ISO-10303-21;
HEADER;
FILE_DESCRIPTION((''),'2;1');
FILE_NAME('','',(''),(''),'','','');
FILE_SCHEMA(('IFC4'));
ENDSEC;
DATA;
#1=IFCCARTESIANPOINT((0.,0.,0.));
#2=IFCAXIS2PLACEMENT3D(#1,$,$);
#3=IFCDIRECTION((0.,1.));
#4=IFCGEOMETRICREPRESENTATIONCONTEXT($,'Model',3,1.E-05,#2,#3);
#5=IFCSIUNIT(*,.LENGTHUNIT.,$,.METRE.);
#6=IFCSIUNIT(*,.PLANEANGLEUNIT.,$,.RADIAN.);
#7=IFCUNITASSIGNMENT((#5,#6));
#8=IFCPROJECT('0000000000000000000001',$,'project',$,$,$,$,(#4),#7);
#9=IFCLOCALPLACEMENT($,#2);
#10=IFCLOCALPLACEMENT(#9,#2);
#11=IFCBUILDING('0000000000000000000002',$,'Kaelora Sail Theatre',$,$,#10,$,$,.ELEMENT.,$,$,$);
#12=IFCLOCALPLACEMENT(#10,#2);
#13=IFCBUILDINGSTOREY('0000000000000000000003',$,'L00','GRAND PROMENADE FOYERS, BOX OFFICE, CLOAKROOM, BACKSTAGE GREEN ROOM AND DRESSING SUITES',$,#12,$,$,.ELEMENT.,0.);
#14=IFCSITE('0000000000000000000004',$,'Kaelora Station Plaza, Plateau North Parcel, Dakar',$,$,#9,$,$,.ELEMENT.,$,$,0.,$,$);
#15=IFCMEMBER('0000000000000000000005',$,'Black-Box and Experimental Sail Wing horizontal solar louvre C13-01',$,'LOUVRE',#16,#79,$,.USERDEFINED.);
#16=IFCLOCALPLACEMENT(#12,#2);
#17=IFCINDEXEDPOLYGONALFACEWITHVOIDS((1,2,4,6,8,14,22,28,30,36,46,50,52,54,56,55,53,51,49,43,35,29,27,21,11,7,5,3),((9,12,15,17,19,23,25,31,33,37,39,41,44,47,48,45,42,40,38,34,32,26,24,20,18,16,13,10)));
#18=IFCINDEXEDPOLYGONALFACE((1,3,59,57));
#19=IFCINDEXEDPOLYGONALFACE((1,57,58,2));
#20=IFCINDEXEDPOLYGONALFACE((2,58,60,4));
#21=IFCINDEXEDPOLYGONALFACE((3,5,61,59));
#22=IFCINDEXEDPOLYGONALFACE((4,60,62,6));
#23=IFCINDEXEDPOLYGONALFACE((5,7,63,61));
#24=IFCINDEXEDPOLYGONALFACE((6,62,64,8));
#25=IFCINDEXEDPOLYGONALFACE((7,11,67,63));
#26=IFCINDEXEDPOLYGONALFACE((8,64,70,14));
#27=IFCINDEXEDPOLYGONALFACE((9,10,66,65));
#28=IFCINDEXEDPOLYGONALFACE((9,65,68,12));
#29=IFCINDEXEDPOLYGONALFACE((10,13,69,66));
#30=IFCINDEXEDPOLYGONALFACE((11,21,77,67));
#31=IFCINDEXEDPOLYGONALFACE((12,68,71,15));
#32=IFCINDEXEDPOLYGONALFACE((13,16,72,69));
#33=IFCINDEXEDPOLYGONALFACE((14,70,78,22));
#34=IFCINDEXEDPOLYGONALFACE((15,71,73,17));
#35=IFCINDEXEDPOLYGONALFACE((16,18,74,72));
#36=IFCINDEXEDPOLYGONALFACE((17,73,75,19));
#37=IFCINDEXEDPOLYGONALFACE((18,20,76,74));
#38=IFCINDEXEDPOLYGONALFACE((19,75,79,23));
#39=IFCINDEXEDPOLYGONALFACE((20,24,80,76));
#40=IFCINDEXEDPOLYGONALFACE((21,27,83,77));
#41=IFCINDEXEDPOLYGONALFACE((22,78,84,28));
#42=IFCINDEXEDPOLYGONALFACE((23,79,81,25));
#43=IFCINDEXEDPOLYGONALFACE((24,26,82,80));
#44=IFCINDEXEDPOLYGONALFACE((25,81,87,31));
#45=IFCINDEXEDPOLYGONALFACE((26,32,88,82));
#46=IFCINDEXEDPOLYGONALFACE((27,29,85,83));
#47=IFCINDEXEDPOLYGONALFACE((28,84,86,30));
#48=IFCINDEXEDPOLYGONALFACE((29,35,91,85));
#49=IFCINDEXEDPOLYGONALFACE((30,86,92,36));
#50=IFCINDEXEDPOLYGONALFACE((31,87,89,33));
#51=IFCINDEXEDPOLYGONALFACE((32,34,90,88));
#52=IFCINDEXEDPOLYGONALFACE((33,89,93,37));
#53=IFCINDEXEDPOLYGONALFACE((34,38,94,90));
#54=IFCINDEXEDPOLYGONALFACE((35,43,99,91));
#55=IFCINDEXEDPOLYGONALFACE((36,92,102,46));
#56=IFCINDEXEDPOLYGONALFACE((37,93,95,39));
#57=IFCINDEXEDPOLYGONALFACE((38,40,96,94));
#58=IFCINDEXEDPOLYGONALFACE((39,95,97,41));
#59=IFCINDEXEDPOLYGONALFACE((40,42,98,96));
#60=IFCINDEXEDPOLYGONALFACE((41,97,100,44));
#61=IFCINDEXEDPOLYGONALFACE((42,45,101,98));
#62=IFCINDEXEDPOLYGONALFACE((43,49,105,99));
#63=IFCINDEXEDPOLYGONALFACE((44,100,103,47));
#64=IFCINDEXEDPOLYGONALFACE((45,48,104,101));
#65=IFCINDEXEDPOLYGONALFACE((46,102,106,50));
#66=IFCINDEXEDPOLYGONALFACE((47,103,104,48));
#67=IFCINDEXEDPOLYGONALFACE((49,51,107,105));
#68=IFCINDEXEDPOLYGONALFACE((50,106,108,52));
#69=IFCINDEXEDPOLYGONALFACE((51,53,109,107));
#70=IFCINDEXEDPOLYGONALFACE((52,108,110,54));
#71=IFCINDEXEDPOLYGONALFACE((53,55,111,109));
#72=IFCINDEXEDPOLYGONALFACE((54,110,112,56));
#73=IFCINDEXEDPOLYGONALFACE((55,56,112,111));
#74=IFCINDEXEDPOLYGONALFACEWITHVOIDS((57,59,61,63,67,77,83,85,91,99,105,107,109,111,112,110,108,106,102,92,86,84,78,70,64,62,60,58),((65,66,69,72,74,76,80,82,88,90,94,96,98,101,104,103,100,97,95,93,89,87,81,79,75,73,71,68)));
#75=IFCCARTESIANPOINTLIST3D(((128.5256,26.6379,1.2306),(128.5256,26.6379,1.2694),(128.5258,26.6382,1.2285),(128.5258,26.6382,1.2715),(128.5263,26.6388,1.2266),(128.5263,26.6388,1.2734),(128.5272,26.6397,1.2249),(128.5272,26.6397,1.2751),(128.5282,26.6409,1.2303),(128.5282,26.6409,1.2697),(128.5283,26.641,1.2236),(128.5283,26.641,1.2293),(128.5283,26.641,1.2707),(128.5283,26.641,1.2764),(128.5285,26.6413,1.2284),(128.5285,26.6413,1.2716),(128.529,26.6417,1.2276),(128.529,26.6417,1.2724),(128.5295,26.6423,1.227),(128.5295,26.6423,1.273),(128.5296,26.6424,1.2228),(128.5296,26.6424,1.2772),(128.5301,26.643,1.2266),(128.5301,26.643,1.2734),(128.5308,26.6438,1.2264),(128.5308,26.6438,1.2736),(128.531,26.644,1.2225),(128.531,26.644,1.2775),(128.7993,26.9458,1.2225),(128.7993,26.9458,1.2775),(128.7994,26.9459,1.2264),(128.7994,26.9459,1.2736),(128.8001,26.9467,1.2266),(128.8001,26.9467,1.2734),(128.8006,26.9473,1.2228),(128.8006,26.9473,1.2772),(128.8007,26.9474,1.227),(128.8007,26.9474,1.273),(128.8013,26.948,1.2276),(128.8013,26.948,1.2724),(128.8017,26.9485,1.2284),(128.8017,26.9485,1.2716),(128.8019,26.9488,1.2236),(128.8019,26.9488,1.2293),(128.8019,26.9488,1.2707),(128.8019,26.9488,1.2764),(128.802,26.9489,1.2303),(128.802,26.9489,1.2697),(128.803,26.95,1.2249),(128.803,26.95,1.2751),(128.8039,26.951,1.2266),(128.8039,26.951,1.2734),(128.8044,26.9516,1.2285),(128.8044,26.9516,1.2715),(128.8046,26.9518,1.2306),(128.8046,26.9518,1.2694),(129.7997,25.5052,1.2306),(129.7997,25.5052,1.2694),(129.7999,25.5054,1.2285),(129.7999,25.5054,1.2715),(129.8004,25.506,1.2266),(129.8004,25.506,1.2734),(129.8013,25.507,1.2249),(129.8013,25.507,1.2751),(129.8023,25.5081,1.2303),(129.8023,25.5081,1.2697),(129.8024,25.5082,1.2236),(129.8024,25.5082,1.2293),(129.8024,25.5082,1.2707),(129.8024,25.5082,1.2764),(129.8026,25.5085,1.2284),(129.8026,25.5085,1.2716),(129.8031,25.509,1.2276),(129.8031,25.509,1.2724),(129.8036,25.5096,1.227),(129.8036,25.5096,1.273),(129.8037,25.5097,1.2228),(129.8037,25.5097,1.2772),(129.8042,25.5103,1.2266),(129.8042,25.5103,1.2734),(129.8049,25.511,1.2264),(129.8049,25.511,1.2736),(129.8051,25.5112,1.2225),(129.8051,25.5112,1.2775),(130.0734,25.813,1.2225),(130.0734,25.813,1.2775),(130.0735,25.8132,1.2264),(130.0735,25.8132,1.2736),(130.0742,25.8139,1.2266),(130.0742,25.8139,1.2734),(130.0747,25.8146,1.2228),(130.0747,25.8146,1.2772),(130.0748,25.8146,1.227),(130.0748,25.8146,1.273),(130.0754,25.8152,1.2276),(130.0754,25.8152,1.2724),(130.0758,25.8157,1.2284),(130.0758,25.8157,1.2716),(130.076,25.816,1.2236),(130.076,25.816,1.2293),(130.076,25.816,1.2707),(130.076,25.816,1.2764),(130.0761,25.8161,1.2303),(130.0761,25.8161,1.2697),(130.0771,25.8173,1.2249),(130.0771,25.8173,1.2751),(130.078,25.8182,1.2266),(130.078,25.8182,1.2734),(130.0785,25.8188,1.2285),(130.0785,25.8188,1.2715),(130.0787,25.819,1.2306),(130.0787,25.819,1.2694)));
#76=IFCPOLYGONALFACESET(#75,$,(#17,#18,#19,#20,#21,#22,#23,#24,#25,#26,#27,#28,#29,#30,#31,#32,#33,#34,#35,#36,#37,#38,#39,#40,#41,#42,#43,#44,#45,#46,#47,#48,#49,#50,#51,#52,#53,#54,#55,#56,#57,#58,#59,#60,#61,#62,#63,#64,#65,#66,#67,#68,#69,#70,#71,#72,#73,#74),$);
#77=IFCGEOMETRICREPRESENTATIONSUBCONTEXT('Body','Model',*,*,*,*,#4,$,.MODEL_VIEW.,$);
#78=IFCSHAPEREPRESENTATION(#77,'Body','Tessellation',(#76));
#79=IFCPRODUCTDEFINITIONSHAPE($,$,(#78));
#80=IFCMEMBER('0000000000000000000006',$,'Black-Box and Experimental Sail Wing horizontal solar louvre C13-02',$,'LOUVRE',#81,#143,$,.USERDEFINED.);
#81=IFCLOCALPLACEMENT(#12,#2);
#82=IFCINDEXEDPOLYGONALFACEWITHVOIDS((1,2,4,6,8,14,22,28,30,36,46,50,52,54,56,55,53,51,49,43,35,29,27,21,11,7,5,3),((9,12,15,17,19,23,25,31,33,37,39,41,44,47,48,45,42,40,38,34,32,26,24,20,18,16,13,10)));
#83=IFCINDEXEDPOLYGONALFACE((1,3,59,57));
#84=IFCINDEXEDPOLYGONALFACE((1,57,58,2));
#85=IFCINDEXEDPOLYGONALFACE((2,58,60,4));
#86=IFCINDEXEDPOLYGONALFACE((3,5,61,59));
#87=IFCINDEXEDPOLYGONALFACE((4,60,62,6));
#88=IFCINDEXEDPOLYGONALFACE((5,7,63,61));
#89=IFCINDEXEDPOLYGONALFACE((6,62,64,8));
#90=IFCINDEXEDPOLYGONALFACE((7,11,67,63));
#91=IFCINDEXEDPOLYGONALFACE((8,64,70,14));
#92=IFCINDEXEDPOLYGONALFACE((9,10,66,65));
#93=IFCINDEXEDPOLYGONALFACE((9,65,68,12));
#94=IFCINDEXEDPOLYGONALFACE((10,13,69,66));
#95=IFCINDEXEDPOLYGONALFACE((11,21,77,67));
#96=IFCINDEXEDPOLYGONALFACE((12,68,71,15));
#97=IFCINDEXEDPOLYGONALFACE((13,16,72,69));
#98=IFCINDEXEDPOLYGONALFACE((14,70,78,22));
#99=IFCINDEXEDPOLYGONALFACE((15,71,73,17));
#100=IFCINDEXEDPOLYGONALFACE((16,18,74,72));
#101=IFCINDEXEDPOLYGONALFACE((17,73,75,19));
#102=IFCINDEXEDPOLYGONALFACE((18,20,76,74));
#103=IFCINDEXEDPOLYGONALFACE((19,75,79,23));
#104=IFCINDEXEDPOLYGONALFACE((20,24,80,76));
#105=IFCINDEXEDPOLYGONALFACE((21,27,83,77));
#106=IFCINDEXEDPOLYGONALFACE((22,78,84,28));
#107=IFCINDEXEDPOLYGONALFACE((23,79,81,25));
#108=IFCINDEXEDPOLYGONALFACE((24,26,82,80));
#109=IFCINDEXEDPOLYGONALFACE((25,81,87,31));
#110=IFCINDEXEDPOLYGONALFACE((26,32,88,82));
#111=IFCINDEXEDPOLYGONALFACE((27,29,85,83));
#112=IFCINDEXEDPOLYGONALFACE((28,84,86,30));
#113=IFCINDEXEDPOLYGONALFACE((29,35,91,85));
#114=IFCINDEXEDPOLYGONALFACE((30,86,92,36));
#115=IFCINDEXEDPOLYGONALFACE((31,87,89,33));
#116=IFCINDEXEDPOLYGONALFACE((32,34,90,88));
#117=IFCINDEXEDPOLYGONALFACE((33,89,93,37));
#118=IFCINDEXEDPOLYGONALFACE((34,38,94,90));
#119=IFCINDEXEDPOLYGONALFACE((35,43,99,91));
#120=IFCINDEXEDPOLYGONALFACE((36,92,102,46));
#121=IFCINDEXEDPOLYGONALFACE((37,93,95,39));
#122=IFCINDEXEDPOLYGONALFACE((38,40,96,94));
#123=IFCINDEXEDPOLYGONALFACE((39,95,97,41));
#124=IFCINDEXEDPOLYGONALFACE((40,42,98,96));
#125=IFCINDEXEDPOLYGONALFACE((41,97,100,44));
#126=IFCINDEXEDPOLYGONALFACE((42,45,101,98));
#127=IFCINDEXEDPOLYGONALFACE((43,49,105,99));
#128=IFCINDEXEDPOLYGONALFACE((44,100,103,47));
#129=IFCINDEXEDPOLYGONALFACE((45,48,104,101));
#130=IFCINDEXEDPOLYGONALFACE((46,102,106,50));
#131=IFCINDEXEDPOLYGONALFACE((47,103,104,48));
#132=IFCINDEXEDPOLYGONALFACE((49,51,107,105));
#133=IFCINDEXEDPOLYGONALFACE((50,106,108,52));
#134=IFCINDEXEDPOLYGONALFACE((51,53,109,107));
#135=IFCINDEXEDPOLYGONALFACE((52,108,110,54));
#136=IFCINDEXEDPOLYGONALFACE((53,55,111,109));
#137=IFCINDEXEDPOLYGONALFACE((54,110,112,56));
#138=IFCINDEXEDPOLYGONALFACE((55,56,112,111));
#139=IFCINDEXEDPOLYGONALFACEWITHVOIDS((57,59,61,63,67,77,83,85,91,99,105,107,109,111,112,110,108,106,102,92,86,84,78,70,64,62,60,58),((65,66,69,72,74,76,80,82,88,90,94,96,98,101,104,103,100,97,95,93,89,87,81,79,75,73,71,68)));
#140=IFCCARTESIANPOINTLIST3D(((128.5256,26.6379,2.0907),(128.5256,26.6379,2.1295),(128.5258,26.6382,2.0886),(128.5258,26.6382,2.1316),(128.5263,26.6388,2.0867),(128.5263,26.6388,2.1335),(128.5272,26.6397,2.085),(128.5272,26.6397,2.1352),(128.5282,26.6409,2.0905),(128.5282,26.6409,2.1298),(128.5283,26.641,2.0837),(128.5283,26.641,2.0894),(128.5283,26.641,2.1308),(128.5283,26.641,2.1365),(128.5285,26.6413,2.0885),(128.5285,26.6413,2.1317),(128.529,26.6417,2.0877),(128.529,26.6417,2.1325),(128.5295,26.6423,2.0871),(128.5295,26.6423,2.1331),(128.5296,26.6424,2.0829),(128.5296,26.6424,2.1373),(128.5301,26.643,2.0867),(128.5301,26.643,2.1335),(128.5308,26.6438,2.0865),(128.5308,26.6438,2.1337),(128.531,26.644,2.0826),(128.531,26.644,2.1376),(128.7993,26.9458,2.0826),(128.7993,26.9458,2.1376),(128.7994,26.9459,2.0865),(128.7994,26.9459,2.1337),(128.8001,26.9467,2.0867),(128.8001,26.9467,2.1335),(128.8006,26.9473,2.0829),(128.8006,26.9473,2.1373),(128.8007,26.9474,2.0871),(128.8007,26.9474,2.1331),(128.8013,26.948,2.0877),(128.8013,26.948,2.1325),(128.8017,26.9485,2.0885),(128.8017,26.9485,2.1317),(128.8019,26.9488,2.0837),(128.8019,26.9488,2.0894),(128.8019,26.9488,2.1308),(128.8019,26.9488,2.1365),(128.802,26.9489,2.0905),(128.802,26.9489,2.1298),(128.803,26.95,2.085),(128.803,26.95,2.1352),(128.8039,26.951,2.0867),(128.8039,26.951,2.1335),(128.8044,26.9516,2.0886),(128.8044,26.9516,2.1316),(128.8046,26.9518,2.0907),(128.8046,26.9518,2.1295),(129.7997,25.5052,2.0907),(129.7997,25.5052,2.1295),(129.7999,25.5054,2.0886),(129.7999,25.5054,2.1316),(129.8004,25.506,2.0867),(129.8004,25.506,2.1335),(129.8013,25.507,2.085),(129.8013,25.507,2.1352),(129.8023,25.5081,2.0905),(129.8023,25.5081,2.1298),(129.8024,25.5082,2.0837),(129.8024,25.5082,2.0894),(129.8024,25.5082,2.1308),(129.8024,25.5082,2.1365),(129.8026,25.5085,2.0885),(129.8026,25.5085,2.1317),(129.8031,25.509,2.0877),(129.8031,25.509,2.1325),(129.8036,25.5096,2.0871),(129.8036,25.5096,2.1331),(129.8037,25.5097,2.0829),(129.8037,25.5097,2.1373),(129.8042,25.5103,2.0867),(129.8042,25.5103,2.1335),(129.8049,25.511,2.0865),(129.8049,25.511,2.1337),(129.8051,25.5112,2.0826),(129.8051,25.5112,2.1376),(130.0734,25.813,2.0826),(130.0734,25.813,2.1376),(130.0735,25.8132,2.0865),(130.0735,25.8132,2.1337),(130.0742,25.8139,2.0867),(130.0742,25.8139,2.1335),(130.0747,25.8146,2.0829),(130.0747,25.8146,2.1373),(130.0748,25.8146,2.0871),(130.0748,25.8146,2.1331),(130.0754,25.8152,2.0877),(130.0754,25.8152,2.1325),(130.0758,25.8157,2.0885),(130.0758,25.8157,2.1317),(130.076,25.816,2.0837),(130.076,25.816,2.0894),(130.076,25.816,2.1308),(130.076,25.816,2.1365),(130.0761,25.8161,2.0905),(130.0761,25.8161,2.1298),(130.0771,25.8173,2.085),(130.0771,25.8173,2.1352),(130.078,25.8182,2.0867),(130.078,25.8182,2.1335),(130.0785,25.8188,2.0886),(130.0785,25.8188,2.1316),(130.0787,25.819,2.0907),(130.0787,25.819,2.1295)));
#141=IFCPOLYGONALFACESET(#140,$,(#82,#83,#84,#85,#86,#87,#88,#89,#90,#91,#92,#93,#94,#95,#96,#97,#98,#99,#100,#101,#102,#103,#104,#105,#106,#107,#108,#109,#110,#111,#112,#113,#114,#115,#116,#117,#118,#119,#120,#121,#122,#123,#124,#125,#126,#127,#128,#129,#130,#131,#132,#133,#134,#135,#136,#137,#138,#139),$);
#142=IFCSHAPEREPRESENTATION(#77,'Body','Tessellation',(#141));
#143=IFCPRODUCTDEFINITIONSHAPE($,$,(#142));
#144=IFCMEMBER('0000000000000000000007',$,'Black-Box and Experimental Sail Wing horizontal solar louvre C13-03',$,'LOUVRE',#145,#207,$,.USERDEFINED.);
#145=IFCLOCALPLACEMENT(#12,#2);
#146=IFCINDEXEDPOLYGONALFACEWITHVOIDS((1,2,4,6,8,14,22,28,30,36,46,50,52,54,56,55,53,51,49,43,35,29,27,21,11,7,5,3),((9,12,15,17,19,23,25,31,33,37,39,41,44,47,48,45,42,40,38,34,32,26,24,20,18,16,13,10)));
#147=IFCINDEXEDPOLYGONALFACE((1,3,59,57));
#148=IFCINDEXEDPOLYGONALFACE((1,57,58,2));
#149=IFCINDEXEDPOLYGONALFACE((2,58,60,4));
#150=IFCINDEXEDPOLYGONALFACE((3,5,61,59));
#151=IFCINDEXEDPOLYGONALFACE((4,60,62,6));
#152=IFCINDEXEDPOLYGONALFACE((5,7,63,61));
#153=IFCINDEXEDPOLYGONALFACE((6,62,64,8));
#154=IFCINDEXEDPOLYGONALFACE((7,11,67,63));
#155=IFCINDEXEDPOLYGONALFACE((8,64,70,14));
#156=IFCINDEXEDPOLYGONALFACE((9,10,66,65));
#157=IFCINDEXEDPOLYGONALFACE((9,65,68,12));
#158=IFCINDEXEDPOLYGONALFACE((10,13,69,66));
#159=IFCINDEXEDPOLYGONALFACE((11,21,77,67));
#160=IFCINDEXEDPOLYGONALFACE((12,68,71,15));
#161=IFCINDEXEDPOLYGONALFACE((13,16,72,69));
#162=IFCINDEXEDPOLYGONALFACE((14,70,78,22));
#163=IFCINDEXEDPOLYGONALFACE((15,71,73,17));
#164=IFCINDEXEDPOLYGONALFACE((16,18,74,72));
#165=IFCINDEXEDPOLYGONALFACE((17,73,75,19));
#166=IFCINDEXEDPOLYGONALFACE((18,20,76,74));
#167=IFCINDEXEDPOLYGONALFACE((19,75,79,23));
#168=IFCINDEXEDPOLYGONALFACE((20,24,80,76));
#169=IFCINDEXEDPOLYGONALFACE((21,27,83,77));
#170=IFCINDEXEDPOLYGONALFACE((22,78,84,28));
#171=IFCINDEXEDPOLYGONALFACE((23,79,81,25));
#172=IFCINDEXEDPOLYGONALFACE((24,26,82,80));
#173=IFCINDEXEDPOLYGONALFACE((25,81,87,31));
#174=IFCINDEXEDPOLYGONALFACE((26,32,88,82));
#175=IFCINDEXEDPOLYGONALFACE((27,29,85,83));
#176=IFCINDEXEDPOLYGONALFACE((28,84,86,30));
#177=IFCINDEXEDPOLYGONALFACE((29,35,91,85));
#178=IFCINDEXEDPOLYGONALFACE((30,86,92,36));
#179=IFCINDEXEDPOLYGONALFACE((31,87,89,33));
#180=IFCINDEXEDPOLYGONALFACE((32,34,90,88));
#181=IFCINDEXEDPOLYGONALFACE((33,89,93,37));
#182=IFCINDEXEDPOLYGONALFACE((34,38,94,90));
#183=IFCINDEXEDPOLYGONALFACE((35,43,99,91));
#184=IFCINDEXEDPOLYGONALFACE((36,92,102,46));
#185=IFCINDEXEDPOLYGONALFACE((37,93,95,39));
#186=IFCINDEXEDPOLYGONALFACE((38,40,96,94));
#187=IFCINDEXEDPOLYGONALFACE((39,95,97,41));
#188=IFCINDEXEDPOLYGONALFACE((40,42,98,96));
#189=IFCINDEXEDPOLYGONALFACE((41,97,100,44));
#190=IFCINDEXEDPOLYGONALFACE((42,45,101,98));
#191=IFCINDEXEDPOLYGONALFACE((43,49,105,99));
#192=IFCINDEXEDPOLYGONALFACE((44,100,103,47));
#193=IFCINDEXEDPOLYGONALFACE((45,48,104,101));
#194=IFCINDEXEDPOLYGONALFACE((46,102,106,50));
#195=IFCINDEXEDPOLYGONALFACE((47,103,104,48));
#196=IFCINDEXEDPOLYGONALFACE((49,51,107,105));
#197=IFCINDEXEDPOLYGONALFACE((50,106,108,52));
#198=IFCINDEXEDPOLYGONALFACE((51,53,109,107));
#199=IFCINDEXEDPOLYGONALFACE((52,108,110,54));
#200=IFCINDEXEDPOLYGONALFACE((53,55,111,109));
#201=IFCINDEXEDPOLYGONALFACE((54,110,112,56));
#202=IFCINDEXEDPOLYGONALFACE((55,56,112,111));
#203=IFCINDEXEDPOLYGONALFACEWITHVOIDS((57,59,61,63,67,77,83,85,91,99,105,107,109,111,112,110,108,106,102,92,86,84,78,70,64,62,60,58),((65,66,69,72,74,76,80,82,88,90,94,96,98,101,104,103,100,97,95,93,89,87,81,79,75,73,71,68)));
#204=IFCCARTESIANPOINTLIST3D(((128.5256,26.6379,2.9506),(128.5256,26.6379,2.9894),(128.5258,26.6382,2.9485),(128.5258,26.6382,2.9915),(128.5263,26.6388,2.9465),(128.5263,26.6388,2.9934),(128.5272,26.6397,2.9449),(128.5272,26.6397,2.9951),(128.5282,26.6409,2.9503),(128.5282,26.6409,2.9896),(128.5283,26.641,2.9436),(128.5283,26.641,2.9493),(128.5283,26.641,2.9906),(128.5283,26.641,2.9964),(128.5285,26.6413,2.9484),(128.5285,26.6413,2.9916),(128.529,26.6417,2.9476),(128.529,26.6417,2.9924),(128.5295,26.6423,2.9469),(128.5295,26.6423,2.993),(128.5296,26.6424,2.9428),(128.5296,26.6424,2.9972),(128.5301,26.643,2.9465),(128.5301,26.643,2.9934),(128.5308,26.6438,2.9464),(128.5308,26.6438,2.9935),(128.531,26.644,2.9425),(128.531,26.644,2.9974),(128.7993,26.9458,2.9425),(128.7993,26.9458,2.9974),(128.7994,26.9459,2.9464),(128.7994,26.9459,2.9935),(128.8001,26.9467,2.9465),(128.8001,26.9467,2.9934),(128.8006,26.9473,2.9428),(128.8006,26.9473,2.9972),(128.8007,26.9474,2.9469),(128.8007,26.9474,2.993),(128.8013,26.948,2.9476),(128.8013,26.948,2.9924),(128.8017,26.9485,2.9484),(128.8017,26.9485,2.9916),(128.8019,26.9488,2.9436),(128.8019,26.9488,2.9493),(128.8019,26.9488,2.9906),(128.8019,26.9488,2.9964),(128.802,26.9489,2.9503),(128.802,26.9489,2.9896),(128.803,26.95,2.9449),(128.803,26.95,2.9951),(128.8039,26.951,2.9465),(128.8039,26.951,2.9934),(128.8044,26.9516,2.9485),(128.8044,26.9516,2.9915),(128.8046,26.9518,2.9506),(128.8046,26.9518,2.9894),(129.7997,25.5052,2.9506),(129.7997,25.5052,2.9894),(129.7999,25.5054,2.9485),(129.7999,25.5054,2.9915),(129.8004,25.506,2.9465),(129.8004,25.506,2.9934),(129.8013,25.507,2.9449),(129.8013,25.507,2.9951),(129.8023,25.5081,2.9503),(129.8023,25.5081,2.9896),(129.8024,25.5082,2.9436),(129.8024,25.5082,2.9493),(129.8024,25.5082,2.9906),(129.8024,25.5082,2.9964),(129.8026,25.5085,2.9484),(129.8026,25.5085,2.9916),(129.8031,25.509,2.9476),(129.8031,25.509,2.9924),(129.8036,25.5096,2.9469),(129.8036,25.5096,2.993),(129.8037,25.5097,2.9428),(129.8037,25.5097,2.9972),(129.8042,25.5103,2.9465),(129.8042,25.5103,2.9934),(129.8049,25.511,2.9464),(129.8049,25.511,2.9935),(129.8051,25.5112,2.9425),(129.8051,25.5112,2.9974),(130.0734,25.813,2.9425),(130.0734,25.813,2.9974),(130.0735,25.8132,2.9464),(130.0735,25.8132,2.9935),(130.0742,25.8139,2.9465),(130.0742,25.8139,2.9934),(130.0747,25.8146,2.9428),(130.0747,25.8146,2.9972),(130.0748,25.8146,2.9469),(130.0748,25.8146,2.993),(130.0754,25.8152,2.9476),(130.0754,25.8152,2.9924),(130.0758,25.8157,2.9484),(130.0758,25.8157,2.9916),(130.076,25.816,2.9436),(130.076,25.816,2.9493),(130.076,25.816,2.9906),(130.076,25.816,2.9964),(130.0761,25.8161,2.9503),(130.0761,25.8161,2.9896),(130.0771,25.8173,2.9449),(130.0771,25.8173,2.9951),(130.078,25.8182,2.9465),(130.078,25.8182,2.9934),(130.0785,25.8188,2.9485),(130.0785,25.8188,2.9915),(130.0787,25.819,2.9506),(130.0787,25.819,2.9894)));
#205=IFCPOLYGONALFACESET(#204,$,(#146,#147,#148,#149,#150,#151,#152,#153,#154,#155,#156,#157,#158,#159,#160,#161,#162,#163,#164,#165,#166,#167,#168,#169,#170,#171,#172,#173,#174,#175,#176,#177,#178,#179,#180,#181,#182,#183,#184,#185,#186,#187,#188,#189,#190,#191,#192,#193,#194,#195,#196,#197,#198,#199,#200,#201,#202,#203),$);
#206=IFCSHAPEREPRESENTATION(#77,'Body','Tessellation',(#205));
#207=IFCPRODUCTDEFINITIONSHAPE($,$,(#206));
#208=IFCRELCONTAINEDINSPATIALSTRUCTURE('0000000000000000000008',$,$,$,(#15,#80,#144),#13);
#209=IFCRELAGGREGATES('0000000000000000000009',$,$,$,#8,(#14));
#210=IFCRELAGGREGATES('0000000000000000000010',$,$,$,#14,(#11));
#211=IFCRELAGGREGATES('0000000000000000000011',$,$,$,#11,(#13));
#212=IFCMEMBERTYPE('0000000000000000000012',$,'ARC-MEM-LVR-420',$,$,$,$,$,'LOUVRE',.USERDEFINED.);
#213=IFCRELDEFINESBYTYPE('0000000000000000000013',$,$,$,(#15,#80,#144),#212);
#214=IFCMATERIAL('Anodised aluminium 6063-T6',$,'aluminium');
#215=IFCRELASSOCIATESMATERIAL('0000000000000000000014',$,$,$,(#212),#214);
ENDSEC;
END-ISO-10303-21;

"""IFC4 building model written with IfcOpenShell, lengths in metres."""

from ifc_helpers import new_model, si_unit, direction, frame, origin, origin_2d, place, context, subcontext, project, spatial, hollow_rectangle, extrude, material, material_profile, profile_set, type_object, element, save


model = new_model("IFC4")

# Units and contexts
model_context = context("Model", 3, precision=1e-05, world=origin(), true_north=direction((0.0, 1.0)))
body_context = subcontext(model_context, "Body", "Model", "MODEL_VIEW")
ifc_project = project(units=[si_unit("LENGTHUNIT", "METRE"), si_unit("PLANEANGLEUNIT", "RADIAN")], contexts=[model_context])

# Site, building, storey
site_placement = place(None, origin())
site = spatial("IfcSite", under=ifc_project, at=site_placement, Name="Kaelora Station Plaza, Plateau North Parcel, Dakar", CompositionType="ELEMENT", RefElevation=0.0)
building_placement = place(site_placement, origin())
building = spatial("IfcBuilding", under=site, at=building_placement, Name="Kaelora Sail Theatre", CompositionType="ELEMENT")
storey_placement = place(building_placement, origin())
storey = spatial("IfcBuildingStorey", under=building, at=storey_placement, Name="L00", Description="GRAND PROMENADE FOYERS, BOX OFFICE, CLOAKROOM, BACKSTAGE GREEN ROOM AND DRESSING SUITES", CompositionType="ELEMENT", Elevation=0.0)

# Members
ifc_material_1 = material(Name="Anodised aluminium 6063-T6", Category="aluminium")
ifc_material_profile_1 = material_profile(ifc_material_1, hollow_rectangle(XDim=0.4199, YDim=0.0549, WallThickness=0.0039, InnerFilletRadius=0.0039, OuterFilletRadius=0.0081, at=origin_2d()), Name="LOUVRE 420x55x4")
ifc_profile_set_1 = profile_set([ifc_material_profile_1], Name="Anodised aluminium 6063-T6")
member_type_1 = type_object("IfcMemberType", Name="ARC-MEM-LVR-420", ElementType="LOUVRE", PredefinedType="USERDEFINED", material=ifc_profile_set_1)
for number, where, z_axis, x_axis, name in (
    (1, (129.9392, 25.6621, 1.25), (-0.747346, 0.664435, 0.0), (-0.664435, -0.747346, 0.0), "Black-Box and Experimental Sail Wing horizontal solar louvre C13-01"),
    (2, (129.9392, 25.6621, 2.1101), (-0.747346, 0.664435, 0.0), (-0.664435, -0.747346, 0.0), "Black-Box and Experimental Sail Wing horizontal solar louvre C13-02"),
    (3, (129.9392, 25.6621, 2.97), (-0.747346, 0.664435, 0.0), (-0.664435, -0.747346, 0.0), "Black-Box and Experimental Sail Wing horizontal solar louvre C13-03"),
):
    element("IfcMember", number, at=place(storey_placement, frame(where, z_axis=z_axis, x_axis=x_axis)), inside=storey, type_object=member_type_1, Name=name, ObjectType="LOUVRE", PredefinedType="USERDEFINED", context=body_context, shape_type="SweptSolid", body=[
        extrude(hollow_rectangle(XDim=0.4199, YDim=0.0549, WallThickness=0.0039, InnerFilletRadius=0.0039, OuterFilletRadius=0.0081, at=origin_2d()), origin(), (0.0, 0.0, 1.0), 1.7048),
    ])

save(model, "model.ifc")
